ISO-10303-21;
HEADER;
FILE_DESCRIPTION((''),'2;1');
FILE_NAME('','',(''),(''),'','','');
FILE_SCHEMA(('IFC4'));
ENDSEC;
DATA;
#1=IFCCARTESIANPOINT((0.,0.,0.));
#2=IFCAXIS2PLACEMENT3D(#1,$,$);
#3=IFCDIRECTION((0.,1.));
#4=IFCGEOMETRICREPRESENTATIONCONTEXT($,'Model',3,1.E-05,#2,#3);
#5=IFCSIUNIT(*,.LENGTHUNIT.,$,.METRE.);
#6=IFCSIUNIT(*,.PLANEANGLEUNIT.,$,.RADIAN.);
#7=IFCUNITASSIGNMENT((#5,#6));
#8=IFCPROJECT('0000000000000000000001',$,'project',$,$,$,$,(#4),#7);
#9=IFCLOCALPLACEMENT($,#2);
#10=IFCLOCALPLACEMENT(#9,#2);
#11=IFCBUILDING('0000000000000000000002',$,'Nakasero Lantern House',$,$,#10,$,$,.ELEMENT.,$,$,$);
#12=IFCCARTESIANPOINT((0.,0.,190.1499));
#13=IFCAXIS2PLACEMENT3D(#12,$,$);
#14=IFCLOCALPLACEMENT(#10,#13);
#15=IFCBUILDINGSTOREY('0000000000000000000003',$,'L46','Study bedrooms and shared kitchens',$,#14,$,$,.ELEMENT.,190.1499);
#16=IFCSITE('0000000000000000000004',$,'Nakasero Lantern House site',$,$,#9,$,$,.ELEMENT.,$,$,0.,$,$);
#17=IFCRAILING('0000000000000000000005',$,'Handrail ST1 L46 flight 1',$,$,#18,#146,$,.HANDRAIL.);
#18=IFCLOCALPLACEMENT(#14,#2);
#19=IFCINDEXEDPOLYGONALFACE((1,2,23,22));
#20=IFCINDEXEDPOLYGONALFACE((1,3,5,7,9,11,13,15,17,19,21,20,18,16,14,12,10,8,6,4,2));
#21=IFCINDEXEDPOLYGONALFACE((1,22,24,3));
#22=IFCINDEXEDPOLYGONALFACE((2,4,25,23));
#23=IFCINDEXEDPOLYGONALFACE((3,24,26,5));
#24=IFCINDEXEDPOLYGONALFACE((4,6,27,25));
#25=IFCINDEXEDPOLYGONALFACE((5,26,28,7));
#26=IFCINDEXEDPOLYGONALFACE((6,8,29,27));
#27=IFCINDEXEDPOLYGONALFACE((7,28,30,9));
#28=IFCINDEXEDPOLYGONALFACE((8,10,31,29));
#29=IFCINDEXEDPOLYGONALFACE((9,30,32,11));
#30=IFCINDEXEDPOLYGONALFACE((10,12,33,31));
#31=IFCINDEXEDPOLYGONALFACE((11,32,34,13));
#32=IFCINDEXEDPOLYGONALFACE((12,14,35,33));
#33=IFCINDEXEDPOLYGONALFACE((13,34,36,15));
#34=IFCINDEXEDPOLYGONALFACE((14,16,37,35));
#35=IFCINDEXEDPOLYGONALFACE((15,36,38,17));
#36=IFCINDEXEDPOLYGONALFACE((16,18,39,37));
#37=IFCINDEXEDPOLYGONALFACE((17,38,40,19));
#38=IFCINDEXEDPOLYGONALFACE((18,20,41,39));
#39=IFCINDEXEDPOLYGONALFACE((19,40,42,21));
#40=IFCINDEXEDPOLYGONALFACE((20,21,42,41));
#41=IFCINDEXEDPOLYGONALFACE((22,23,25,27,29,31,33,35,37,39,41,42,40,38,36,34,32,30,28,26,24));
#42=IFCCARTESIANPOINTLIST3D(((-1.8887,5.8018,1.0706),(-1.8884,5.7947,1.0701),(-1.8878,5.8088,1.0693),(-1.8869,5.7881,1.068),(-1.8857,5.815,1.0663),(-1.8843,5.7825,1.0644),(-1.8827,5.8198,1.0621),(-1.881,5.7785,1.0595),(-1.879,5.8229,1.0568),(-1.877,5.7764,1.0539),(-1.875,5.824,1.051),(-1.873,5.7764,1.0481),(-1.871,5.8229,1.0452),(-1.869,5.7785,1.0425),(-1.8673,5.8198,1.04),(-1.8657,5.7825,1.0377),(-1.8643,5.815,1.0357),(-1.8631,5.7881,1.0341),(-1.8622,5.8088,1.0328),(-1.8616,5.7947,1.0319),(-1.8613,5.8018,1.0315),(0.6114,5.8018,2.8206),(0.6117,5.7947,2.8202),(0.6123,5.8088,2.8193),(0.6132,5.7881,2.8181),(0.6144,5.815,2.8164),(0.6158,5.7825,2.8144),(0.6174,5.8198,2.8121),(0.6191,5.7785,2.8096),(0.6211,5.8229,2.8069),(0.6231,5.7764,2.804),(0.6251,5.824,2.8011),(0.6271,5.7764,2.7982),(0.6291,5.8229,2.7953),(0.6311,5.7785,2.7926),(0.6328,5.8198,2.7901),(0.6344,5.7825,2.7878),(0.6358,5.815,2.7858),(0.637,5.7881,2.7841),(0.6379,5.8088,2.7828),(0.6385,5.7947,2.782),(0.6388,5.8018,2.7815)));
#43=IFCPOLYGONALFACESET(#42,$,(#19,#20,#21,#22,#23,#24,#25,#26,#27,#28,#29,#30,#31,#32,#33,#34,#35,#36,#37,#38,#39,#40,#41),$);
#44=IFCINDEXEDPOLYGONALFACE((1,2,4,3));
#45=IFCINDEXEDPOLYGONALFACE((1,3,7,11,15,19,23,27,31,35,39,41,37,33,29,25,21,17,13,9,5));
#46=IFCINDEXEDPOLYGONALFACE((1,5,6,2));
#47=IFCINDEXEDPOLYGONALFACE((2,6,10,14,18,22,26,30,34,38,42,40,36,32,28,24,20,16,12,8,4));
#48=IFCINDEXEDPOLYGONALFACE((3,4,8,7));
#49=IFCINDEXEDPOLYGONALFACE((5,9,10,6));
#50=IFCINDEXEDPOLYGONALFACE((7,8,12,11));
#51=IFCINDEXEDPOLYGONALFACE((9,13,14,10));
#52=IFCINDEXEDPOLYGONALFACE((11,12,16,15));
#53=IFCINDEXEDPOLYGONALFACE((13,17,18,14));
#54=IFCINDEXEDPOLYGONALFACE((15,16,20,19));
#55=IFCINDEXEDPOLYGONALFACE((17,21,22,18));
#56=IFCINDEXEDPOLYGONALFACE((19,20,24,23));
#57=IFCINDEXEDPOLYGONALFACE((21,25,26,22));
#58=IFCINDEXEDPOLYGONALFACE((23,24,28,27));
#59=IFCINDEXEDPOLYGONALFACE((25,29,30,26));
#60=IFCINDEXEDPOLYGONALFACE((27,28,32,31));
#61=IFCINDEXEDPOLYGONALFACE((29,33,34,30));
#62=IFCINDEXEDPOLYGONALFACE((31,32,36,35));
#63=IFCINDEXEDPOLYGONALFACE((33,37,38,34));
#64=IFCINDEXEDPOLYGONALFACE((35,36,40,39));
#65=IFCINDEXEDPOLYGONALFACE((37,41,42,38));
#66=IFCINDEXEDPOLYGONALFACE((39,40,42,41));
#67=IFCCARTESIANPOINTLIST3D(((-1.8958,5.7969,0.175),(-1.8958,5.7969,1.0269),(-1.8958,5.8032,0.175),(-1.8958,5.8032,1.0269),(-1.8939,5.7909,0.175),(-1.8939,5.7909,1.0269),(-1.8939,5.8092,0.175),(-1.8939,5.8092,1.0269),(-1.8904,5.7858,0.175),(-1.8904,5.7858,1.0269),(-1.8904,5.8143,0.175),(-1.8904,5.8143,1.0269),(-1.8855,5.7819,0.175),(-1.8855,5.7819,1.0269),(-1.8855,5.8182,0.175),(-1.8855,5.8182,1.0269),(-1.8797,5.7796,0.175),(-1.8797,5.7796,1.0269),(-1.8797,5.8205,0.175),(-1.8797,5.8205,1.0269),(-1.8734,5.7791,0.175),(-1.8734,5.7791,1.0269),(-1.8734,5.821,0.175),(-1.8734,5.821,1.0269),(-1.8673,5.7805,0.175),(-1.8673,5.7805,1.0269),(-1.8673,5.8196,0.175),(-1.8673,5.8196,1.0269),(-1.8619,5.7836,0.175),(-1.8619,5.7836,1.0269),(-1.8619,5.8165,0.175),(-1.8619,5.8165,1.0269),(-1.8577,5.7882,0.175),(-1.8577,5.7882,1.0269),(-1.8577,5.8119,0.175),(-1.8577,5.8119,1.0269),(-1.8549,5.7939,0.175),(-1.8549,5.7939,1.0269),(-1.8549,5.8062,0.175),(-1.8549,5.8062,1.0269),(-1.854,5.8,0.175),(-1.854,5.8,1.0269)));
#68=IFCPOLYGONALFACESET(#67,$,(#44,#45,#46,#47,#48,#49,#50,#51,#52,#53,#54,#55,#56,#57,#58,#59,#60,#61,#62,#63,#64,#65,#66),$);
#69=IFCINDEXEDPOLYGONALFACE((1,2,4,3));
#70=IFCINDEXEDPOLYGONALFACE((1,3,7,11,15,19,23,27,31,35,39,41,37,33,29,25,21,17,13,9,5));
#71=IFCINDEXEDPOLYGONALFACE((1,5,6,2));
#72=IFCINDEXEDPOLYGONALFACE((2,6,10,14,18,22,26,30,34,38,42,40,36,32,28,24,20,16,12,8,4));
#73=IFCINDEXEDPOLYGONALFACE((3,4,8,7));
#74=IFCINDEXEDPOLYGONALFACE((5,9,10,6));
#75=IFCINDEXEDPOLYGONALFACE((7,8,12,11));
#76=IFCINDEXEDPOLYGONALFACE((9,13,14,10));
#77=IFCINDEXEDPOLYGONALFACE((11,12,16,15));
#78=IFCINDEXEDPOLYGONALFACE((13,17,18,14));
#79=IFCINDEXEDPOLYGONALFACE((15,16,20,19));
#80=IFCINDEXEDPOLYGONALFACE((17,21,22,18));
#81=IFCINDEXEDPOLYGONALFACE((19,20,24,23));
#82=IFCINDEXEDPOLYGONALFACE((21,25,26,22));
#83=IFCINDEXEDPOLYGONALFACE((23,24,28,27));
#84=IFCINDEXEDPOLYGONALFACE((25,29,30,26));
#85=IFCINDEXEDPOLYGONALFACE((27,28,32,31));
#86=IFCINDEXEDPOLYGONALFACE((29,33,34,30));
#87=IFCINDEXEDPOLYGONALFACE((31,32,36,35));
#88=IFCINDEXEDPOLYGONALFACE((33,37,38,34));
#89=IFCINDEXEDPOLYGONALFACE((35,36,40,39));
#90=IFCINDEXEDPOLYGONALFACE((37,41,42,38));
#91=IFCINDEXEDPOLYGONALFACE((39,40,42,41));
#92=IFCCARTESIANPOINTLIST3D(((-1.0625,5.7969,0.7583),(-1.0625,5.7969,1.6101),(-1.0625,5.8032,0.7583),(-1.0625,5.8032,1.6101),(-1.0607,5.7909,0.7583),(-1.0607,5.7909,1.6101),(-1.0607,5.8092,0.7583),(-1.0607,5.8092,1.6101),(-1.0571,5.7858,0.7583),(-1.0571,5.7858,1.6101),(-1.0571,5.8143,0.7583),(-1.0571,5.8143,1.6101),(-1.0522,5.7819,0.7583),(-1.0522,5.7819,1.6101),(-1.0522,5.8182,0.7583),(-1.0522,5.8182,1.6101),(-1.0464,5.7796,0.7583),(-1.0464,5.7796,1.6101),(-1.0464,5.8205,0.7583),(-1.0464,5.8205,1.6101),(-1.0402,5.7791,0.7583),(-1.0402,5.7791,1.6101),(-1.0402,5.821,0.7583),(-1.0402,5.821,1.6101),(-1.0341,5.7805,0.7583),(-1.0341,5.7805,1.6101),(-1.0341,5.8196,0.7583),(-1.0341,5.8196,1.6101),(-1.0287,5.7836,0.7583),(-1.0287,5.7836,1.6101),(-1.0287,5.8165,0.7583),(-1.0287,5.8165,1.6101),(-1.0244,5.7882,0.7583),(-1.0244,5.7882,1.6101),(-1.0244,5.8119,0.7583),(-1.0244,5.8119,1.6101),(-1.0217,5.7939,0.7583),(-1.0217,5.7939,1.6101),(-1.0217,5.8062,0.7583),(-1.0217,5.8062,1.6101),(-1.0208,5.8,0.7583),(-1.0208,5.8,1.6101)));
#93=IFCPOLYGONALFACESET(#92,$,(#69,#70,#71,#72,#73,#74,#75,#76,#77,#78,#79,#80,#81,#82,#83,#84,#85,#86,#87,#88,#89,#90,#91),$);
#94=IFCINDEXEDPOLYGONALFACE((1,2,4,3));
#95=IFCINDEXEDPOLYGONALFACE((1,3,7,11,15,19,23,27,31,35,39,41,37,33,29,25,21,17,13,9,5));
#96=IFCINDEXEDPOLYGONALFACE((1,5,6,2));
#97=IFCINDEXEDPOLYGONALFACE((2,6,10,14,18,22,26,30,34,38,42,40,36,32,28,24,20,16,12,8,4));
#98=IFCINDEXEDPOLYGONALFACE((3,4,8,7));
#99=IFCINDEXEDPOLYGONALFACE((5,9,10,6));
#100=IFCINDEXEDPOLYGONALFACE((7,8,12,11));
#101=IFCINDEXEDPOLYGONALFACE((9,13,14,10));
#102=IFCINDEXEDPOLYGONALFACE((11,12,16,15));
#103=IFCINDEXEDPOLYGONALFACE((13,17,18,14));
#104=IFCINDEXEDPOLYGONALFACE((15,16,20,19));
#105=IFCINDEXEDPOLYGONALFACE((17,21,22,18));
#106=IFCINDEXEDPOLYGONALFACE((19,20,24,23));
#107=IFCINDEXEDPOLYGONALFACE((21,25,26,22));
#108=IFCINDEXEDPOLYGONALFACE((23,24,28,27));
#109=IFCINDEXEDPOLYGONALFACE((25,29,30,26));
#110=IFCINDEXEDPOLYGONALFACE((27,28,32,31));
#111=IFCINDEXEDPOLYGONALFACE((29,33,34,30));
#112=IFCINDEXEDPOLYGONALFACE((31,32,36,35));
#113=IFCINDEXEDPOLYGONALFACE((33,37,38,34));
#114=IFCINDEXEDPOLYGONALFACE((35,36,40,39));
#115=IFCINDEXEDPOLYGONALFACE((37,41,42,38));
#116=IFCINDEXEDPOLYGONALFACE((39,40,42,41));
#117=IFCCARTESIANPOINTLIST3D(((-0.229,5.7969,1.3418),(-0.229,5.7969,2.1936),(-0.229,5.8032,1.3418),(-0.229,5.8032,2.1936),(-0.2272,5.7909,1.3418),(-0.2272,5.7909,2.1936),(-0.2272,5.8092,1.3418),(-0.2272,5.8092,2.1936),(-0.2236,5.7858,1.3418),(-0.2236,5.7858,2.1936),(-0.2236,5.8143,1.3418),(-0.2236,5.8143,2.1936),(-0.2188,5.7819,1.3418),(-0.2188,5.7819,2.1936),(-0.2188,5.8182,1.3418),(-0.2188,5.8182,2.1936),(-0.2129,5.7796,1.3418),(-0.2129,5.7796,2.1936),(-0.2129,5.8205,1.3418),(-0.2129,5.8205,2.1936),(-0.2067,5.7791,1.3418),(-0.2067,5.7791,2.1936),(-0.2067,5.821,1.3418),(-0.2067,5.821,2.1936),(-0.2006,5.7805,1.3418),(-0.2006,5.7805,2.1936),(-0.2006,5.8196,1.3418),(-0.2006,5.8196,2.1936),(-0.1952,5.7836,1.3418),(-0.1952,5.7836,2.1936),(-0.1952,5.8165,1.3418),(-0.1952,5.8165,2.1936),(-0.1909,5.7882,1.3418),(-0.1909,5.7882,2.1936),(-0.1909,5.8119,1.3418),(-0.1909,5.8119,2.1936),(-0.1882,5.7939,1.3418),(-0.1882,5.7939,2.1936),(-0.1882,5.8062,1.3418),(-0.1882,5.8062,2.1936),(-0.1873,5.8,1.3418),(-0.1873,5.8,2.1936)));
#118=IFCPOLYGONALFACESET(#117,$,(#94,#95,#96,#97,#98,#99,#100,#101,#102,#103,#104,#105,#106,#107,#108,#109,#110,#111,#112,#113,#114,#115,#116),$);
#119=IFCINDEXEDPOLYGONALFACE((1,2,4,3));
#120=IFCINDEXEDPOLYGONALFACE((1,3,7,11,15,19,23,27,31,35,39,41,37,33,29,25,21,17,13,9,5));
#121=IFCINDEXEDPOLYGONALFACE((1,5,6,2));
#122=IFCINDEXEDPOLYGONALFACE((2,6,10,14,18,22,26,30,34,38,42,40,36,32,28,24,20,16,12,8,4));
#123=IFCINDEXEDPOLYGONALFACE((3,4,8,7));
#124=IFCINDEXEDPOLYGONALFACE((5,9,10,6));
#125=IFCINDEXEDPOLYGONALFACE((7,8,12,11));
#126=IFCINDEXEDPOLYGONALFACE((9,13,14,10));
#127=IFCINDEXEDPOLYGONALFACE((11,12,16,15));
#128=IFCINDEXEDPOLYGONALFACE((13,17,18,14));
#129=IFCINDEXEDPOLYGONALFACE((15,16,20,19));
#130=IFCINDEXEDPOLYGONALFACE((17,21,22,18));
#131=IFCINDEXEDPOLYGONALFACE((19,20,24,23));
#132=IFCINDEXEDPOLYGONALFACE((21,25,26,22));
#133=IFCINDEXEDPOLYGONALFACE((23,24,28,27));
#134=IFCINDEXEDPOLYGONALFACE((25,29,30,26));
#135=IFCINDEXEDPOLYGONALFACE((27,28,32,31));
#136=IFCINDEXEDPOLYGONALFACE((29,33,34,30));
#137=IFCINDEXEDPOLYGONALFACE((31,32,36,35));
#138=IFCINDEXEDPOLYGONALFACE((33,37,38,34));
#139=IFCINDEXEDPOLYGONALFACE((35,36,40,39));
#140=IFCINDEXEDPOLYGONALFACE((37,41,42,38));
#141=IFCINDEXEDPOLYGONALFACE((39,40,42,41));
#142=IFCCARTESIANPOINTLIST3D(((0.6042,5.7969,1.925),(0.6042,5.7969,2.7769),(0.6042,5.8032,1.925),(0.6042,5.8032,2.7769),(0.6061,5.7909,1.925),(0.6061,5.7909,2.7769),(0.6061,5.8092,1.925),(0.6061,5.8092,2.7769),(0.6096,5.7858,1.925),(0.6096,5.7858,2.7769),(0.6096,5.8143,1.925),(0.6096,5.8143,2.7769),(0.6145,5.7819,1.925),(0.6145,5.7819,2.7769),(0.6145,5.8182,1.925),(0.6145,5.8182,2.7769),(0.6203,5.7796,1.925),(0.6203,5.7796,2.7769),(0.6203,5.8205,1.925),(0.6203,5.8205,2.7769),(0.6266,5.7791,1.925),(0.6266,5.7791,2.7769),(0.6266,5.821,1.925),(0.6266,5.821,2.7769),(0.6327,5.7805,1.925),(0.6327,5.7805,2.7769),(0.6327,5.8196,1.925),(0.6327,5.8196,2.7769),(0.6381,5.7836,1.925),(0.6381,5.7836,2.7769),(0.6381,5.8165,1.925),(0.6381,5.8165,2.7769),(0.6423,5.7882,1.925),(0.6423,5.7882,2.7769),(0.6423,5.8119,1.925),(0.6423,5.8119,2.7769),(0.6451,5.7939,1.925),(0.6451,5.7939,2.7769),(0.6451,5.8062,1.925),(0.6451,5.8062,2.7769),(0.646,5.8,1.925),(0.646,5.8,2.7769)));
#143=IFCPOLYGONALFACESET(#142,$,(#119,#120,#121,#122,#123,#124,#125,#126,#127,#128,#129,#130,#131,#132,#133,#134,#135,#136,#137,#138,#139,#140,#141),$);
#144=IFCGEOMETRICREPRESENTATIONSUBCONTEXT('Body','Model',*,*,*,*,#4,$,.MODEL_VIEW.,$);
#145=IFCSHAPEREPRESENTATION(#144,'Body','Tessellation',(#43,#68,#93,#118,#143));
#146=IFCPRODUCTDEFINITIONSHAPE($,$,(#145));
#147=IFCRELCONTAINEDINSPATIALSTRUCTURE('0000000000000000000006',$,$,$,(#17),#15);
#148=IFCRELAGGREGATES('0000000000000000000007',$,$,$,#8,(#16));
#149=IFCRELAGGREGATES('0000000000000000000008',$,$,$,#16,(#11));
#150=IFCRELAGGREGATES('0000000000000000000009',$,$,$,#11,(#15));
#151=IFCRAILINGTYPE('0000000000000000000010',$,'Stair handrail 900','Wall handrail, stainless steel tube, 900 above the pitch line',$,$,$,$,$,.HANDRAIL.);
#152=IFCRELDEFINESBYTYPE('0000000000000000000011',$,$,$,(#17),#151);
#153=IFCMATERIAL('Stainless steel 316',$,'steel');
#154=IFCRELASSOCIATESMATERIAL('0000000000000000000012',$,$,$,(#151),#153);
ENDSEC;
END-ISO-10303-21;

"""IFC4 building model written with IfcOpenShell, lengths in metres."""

from ifc_helpers import new_model, si_unit, direction, frame, origin, origin_2d, place, context, subcontext, project, spatial, circle, extrude, material, type_object, element, save


model = new_model("IFC4")

# Units and contexts
model_context = context("Model", 3, precision=1e-05, world=origin(), true_north=direction((0.0, 1.0)))
body_context = subcontext(model_context, "Body", "Model", "MODEL_VIEW")
ifc_project = project(units=[si_unit("LENGTHUNIT", "METRE"), si_unit("PLANEANGLEUNIT", "RADIAN")], contexts=[model_context])

# Site, building, storey
site_placement = place(None, origin())
site = spatial("IfcSite", under=ifc_project, at=site_placement, Name="Nakasero Lantern House site", CompositionType="ELEMENT", RefElevation=0.0)
building_placement = place(site_placement, origin())
building = spatial("IfcBuilding", under=site, at=building_placement, Name="Nakasero Lantern House", CompositionType="ELEMENT")
storey_placement = place(building_placement, frame((0.0, 0.0, 190.1499)))
storey = spatial("IfcBuildingStorey", under=building, at=storey_placement, Name="L46", Description="Study bedrooms and shared kitchens", CompositionType="ELEMENT", Elevation=190.1499)

# Railing
ifc_material_1 = material(Name="Stainless steel 316", Category="steel")
railing_type = type_object("IfcRailingType", Name="Stair handrail 900", Description="Wall handrail, stainless steel tube, 900 above the pitch line", PredefinedType="HANDRAIL", material=ifc_material_1)
railing_placement = place(storey_placement, frame((-1.875, 5.8, 0.175)))
element("IfcRailing", 1, at=railing_placement, inside=storey, type_object=railing_type, Name="Handrail ST1 L46 flight 1", PredefinedType="HANDRAIL", context=body_context, shape_type="SweptSolid", body=[
    extrude(circle(Radius=0.0239, at=origin_2d()), frame((0.0, 0.0, 0.876), z_axis=(0.819232, 0.0, 0.573462), x_axis=(0.0, 1.0, 0.0)), (0.0, 0.0, 1.0), 3.0518),
    extrude(circle(Radius=0.021, at=origin_2d()), origin(), (0.0, 0.0, 1.0), 0.8518),
    extrude(circle(Radius=0.021, at=origin_2d()), frame((0.8333, 0.0, 0.5833)), (0.0, 0.0, 1.0), 0.8518),
    extrude(circle(Radius=0.021, at=origin_2d()), frame((1.6667, 0.0, 1.1667)), (0.0, 0.0, 1.0), 0.8518),
    extrude(circle(Radius=0.021, at=origin_2d()), frame((2.5, 0.0, 1.75)), (0.0, 0.0, 1.0), 0.8518),
])

save(model, "model.ifc")
